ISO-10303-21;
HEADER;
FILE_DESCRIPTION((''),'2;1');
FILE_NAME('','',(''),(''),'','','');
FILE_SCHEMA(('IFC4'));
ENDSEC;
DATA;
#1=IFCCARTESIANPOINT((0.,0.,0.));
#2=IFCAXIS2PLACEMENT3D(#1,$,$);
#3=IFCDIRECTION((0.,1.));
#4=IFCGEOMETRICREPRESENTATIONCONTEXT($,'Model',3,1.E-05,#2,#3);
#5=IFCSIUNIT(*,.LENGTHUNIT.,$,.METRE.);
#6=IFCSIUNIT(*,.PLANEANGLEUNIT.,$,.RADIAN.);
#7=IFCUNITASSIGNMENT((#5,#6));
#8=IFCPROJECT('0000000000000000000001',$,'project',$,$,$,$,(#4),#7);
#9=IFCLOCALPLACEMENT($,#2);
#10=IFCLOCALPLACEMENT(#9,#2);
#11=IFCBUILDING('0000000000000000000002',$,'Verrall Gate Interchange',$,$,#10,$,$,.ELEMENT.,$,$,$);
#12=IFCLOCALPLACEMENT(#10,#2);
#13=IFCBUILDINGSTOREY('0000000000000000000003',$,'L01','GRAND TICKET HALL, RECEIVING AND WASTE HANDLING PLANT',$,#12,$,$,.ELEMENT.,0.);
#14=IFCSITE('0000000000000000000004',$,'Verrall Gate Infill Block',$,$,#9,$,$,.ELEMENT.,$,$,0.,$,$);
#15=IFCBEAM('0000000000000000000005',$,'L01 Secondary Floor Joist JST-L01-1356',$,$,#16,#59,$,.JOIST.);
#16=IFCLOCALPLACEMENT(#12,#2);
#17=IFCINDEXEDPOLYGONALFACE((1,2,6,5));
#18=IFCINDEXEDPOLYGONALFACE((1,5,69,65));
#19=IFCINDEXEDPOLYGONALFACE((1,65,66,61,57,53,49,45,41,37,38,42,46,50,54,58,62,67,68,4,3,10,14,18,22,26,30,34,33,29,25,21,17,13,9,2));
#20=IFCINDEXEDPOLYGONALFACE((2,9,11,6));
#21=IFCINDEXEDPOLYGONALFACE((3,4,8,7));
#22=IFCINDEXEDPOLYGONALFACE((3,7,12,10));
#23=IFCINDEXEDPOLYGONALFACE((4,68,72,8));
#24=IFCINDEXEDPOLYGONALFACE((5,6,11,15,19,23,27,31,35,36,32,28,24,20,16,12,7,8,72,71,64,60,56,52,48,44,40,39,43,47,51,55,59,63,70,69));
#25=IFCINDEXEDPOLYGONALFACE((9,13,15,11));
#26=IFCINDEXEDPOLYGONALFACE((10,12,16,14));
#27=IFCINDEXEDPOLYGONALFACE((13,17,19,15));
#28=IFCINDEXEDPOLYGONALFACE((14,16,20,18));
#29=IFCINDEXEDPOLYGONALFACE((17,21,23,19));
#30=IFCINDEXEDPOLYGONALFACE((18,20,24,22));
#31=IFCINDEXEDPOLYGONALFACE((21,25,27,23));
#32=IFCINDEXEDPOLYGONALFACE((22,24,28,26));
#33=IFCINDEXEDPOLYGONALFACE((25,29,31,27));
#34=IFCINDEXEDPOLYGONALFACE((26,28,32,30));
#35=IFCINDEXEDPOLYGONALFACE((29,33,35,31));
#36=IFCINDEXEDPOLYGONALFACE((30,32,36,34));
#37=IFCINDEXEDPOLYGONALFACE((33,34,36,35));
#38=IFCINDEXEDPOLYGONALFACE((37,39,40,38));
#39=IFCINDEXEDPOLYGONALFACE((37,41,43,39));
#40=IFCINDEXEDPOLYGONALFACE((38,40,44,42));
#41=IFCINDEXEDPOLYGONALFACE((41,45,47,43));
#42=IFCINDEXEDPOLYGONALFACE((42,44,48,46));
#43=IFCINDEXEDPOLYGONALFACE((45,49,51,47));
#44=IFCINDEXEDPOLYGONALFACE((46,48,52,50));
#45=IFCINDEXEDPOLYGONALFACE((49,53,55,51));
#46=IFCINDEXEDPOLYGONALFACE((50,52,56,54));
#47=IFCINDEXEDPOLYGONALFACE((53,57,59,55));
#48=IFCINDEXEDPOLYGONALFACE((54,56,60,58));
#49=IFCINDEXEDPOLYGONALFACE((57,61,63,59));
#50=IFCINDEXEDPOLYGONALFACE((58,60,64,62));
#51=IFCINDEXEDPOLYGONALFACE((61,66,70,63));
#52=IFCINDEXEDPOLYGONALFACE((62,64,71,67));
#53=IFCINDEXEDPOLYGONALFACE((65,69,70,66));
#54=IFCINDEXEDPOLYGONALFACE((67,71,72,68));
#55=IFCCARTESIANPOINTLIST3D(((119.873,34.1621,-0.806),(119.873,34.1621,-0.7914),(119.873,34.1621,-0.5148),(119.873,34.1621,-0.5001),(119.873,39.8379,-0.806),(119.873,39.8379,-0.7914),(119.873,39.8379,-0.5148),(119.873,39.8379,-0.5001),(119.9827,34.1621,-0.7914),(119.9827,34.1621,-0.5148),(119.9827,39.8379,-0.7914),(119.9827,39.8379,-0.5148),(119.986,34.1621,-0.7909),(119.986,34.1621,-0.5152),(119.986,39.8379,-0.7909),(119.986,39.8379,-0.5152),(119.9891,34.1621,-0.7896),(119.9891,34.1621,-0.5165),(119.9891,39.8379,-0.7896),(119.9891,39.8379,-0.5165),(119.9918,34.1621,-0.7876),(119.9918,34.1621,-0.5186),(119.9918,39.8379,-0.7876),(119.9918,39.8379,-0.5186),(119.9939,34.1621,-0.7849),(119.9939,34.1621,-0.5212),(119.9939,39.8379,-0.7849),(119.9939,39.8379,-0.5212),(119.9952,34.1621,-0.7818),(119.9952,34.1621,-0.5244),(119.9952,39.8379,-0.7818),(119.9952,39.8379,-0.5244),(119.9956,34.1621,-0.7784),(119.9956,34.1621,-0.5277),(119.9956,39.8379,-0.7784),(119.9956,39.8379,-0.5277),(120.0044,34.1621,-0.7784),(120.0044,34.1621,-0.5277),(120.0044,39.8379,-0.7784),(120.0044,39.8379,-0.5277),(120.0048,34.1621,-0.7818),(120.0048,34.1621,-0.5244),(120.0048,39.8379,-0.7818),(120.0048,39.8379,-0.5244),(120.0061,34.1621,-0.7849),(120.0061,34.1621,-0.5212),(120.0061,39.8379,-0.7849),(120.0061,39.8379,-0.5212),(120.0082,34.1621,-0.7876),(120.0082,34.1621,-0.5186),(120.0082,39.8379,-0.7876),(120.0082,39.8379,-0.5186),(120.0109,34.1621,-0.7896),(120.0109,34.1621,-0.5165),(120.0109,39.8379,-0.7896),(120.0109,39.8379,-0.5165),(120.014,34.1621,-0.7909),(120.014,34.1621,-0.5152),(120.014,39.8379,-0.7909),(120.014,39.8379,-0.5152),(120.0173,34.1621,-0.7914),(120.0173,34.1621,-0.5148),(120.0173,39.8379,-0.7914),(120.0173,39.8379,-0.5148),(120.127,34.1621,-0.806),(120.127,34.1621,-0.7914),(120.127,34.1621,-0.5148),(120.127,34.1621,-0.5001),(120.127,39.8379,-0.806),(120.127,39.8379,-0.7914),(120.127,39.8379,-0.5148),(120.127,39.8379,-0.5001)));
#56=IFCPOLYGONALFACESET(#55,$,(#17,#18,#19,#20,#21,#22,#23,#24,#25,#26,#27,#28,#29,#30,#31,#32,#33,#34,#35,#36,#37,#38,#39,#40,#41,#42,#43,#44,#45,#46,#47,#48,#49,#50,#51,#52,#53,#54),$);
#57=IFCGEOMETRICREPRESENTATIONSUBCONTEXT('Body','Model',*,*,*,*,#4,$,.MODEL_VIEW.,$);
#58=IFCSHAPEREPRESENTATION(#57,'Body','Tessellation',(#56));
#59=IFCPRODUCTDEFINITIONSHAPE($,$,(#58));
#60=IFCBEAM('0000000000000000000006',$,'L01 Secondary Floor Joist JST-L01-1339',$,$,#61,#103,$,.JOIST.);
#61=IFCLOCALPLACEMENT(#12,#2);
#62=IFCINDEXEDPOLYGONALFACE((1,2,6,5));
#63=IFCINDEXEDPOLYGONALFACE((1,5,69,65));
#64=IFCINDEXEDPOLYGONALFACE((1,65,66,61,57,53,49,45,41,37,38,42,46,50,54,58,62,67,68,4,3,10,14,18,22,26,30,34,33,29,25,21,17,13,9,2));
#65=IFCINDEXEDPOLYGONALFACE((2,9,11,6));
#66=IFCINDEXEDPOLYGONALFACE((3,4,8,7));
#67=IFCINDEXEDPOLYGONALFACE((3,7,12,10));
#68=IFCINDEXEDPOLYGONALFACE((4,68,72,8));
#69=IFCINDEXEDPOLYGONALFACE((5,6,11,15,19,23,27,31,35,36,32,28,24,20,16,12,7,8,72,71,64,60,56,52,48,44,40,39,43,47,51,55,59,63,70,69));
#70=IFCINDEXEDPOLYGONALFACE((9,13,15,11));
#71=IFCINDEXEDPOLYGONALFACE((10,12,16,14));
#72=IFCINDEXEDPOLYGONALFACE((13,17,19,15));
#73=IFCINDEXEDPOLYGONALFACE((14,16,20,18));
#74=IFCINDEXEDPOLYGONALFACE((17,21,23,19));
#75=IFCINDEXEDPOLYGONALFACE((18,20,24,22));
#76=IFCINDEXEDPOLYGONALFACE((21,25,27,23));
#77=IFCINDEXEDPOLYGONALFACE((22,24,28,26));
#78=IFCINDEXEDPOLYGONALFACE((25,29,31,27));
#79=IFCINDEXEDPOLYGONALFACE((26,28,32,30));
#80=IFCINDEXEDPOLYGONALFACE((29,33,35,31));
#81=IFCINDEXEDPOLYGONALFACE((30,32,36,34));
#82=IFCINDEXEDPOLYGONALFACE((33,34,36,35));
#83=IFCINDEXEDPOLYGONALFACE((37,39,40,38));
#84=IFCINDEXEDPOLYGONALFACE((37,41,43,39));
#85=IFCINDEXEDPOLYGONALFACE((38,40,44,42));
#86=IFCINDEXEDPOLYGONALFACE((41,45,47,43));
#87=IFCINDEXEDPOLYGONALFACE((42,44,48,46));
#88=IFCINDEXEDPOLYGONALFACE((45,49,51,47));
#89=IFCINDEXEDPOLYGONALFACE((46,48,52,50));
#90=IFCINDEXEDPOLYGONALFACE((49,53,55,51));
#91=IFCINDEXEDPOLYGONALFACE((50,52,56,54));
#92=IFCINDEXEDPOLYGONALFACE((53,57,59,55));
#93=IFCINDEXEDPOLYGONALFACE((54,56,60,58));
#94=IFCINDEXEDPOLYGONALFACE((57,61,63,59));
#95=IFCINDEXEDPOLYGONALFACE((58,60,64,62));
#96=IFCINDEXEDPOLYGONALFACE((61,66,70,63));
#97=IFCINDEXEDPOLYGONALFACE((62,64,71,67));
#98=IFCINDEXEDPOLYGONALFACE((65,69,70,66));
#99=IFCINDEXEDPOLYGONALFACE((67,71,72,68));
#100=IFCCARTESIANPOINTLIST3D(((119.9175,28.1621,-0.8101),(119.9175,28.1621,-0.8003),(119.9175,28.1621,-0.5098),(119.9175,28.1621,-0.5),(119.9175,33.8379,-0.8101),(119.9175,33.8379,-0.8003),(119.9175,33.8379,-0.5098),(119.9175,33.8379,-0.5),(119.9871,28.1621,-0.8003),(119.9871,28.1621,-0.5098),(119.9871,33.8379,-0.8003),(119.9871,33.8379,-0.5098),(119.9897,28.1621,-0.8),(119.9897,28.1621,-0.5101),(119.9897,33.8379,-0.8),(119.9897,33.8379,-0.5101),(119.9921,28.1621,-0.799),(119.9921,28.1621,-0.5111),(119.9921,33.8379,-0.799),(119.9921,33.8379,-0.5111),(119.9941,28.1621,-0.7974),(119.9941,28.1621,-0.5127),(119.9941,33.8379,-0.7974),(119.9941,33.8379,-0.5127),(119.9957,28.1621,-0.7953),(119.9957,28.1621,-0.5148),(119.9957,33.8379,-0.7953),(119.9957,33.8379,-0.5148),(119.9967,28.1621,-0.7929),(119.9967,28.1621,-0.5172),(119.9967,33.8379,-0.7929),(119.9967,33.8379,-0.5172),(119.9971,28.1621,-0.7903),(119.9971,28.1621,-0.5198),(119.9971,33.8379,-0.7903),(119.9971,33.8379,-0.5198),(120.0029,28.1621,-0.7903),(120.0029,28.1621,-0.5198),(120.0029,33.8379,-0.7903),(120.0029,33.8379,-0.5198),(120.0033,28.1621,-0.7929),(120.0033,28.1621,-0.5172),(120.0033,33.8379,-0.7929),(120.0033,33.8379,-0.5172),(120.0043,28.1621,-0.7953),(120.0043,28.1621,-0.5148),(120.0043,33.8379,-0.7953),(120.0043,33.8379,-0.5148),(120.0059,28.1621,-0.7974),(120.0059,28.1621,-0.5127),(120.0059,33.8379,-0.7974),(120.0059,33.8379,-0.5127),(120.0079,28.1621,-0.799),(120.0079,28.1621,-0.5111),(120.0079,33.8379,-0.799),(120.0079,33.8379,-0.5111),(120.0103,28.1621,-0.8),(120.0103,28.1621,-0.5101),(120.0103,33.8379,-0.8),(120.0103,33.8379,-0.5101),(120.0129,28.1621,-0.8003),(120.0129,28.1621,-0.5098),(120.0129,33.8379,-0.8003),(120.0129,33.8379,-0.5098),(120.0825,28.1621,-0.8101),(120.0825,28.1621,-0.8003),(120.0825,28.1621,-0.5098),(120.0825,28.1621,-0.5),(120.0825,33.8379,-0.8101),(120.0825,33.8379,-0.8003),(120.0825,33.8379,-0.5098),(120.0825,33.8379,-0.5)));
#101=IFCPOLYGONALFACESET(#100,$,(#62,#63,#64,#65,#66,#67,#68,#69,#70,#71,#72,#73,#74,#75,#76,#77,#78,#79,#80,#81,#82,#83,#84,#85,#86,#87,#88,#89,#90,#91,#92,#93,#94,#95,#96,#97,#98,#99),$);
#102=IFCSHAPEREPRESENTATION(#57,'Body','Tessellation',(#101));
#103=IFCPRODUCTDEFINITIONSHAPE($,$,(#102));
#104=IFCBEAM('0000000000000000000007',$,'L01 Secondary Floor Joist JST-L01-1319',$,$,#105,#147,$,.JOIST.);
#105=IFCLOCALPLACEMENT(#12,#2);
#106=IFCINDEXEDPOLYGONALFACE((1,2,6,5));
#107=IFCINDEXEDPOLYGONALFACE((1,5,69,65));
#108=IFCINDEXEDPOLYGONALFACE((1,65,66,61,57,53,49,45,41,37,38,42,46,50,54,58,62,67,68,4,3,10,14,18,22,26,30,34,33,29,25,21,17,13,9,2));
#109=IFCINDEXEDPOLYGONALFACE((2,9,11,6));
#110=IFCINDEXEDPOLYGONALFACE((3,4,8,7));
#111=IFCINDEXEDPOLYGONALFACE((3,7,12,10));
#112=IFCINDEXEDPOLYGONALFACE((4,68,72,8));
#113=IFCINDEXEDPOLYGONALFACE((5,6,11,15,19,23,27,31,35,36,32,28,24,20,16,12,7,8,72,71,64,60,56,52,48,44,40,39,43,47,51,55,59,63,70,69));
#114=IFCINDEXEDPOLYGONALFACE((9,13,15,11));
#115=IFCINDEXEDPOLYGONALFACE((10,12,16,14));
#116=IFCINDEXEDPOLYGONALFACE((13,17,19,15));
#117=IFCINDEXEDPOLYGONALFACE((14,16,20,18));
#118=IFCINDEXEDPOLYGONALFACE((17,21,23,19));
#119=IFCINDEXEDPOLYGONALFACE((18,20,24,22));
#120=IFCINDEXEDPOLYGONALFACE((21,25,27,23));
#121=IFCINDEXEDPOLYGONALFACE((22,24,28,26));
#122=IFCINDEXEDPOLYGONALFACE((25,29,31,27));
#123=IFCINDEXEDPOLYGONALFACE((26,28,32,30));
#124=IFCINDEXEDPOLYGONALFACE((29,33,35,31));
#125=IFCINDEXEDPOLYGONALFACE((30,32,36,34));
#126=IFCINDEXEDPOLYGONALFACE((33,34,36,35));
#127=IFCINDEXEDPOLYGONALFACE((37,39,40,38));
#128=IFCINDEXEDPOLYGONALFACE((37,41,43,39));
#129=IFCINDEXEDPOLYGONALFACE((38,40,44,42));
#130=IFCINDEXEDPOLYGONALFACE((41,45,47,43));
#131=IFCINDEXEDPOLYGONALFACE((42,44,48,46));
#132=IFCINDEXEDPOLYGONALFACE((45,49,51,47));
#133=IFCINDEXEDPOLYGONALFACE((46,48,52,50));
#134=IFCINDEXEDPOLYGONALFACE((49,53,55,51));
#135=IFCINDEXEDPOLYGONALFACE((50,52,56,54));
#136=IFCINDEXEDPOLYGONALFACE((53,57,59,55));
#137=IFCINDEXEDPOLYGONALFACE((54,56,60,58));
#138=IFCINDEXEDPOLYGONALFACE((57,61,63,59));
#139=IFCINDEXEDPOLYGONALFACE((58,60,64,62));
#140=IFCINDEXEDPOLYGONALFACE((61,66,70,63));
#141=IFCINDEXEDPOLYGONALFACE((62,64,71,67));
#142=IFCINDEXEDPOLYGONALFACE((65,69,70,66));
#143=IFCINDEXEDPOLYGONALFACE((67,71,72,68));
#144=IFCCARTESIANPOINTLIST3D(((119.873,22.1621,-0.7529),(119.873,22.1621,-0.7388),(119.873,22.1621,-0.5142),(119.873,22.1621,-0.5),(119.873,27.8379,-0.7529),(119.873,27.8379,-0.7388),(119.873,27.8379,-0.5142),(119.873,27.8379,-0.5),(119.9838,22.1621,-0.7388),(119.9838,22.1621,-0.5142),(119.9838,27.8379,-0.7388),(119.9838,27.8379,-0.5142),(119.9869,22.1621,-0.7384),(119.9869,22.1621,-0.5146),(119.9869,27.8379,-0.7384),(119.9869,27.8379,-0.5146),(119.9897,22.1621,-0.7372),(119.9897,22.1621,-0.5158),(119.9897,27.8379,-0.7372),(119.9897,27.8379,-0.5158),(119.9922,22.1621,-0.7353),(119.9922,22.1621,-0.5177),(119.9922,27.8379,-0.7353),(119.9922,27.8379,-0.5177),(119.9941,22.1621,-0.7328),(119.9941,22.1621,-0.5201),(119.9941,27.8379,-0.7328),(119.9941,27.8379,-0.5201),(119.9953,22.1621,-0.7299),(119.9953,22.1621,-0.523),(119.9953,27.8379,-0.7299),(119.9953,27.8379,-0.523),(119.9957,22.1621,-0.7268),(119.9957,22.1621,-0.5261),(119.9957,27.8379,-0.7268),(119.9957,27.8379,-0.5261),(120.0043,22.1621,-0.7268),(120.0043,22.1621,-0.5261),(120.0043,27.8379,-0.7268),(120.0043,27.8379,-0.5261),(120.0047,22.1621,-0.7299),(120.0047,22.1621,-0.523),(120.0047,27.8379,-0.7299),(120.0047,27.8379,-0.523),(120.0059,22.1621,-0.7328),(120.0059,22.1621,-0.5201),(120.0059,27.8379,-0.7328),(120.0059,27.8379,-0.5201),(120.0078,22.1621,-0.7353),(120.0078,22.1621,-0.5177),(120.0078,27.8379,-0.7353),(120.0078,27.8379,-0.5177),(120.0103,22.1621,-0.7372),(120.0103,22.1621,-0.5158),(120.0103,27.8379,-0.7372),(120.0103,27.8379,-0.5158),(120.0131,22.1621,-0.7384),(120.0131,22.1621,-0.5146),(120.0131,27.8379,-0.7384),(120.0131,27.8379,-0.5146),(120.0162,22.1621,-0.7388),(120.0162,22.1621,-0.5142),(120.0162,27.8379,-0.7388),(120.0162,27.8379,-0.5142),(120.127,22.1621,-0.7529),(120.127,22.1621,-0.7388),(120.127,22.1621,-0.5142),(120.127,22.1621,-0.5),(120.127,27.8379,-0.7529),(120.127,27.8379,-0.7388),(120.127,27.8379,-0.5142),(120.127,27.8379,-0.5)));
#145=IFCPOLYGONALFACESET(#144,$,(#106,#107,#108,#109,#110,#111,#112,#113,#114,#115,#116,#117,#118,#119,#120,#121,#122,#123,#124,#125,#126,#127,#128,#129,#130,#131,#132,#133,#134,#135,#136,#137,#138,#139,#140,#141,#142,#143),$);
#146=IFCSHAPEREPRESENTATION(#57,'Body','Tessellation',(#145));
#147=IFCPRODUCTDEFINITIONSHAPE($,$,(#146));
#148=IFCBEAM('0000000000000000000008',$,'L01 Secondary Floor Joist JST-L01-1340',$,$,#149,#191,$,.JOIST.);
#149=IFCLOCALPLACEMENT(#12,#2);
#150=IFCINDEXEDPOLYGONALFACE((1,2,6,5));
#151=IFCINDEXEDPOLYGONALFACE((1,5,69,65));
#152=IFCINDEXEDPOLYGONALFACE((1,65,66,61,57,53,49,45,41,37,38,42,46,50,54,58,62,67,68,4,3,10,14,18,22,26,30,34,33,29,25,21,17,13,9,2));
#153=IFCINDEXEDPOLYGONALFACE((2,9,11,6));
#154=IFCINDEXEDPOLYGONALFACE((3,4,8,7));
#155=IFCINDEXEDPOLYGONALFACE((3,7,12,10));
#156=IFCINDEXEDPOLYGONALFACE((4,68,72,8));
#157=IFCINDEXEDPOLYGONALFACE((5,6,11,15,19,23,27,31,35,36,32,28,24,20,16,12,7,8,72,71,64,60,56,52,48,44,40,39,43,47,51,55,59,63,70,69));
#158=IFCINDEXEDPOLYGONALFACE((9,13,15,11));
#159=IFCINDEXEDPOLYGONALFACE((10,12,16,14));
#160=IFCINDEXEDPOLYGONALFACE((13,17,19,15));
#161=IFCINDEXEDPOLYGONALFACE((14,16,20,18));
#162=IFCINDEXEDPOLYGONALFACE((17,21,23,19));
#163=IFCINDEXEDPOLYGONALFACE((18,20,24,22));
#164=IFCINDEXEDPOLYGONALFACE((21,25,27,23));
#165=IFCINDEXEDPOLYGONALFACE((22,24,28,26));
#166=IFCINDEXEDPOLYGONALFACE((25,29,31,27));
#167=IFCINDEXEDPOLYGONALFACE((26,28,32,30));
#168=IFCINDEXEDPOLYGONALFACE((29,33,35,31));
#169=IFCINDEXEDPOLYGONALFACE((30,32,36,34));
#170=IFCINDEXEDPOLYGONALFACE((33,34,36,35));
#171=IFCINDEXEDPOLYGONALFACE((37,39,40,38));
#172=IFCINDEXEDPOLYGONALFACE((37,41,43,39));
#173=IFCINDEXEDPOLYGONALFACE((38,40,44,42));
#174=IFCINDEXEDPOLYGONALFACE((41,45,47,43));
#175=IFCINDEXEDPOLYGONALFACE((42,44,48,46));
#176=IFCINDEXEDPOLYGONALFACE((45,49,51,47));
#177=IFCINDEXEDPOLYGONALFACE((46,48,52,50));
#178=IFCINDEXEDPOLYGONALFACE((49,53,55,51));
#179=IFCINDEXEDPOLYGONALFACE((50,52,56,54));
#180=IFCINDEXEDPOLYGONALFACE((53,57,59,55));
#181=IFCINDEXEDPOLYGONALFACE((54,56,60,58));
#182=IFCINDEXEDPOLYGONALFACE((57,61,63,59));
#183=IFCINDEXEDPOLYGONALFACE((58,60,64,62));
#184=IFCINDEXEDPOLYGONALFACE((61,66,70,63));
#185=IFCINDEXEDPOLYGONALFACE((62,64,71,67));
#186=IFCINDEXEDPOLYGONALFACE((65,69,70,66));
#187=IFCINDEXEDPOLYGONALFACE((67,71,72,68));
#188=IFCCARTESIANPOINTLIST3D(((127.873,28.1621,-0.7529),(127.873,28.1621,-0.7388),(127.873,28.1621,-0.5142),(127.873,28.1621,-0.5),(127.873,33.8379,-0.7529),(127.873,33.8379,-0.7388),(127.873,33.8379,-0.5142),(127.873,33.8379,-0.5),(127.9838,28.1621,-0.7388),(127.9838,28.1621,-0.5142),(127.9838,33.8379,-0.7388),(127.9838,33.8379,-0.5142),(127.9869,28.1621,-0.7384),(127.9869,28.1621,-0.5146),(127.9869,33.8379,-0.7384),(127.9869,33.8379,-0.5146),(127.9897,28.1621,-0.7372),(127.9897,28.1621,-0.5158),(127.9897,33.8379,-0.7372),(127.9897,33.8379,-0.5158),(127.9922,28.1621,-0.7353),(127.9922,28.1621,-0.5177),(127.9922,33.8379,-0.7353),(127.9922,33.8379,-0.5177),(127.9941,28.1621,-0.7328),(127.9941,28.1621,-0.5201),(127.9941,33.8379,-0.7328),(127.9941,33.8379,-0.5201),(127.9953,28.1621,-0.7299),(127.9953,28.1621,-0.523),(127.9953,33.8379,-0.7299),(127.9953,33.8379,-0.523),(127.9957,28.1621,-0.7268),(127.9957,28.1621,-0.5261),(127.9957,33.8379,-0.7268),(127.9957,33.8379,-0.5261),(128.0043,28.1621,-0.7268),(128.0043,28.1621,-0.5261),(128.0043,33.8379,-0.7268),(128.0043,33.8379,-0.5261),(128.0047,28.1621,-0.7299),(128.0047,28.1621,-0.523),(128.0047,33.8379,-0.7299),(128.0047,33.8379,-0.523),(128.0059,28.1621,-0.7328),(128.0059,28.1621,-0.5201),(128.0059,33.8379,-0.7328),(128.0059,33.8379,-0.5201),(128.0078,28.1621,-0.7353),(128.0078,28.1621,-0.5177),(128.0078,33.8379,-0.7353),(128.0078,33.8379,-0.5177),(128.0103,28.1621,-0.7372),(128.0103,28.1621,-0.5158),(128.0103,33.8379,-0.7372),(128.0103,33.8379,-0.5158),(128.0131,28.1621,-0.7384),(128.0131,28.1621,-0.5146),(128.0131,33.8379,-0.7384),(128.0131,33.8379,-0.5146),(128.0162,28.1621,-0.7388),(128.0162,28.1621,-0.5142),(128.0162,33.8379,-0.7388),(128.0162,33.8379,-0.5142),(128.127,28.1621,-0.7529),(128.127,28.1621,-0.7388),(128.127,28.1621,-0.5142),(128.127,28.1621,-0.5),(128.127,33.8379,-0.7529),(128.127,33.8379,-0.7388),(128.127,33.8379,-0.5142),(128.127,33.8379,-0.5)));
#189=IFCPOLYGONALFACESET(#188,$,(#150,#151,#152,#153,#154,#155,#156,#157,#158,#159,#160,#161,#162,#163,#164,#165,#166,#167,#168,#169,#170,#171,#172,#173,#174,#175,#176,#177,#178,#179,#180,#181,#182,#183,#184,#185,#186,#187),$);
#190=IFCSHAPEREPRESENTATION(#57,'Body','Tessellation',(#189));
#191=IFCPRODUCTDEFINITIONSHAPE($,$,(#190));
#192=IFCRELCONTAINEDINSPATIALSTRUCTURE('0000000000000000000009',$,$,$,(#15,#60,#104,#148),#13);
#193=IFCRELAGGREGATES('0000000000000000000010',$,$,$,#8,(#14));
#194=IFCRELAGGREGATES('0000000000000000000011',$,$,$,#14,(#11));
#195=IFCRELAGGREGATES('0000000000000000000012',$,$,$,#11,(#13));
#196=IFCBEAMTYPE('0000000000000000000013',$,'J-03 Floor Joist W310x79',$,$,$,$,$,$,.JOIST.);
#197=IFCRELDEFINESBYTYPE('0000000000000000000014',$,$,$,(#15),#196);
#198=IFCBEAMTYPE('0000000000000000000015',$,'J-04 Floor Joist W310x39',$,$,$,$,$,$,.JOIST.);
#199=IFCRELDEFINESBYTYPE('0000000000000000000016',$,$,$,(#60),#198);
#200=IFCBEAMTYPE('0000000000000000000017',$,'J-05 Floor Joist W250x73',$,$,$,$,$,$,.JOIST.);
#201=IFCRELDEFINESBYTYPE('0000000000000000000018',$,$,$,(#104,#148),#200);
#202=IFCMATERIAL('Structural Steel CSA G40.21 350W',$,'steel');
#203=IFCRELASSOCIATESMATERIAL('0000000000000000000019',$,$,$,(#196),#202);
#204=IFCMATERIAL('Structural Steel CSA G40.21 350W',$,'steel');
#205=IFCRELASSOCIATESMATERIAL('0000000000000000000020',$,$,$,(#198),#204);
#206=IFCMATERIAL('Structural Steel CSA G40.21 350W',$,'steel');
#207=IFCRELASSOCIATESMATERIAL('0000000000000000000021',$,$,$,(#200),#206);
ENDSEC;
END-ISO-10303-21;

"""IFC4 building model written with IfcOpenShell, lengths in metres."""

from ifc_helpers import new_model, si_unit, direction, frame, origin, origin_2d, place, context, subcontext, project, spatial, i_section, extrude, material, material_profile, profile_set, type_object, element, save


model = new_model("IFC4")

# Units and contexts
model_context = context("Model", 3, precision=1e-05, world=origin(), true_north=direction((0.0, 1.0)))
body_context = subcontext(model_context, "Body", "Model", "MODEL_VIEW")
ifc_project = project(units=[si_unit("LENGTHUNIT", "METRE"), si_unit("PLANEANGLEUNIT", "RADIAN")], contexts=[model_context])

# Site, building, storey
site_placement = place(None, origin())
site = spatial("IfcSite", under=ifc_project, at=site_placement, Name="Verrall Gate Infill Block", CompositionType="ELEMENT", RefElevation=0.0)
building_placement = place(site_placement, origin())
building = spatial("IfcBuilding", under=site, at=building_placement, Name="Verrall Gate Interchange", CompositionType="ELEMENT")
storey_placement = place(building_placement, origin())
storey = spatial("IfcBuildingStorey", under=building, at=storey_placement, Name="L01", Description="GRAND TICKET HALL, RECEIVING AND WASTE HANDLING PLANT", CompositionType="ELEMENT", Elevation=0.0)

# Beams
ifc_material_1 = material(Name="Structural Steel CSA G40.21 350W", Category="steel")
ifc_material_profile_1 = material_profile(ifc_material_1, i_section(OverallWidth=0.2539, OverallDepth=0.3059, WebThickness=0.0088, FlangeThickness=0.0146, FilletRadius=0.0129, at=origin_2d()), Name="W310x79")
ifc_profile_set_1 = profile_set([ifc_material_profile_1], Name="Structural Steel CSA G40.21 350W")
beam_type_1 = type_object("IfcBeamType", Name="J-03 Floor Joist W310x79", PredefinedType="JOIST", material=ifc_profile_set_1)
beam_1_placement = place(storey_placement, frame((120.0, 34.1621, -0.6531), z_axis=(0.0, 1.0, 0.0), x_axis=(-1.0, 0.0, 0.0)))
element("IfcBeam", 1, at=beam_1_placement, inside=storey, type_object=beam_type_1, Name="L01 Secondary Floor Joist JST-L01-1356", PredefinedType="JOIST", context=body_context, shape_type="SweptSolid", body=[
    extrude(i_section(OverallWidth=0.2539, OverallDepth=0.3059, WebThickness=0.0088, FlangeThickness=0.0146, FilletRadius=0.0129, at=origin_2d()), origin(), (0.0, 0.0, 1.0), 5.6758),
])
ifc_material_2 = material(Name="Structural Steel CSA G40.21 350W", Category="steel")
ifc_material_profile_2 = material_profile(ifc_material_2, i_section(OverallWidth=0.165, OverallDepth=0.3101, WebThickness=0.0059, FlangeThickness=0.0098, FilletRadius=0.01, at=origin_2d()), Name="W310x39")
ifc_profile_set_2 = profile_set([ifc_material_profile_2], Name="Structural Steel CSA G40.21 350W")
beam_type_2 = type_object("IfcBeamType", Name="J-04 Floor Joist W310x39", PredefinedType="JOIST", material=ifc_profile_set_2)
beam_2_placement = place(storey_placement, frame((120.0, 28.1621, -0.655), z_axis=(0.0, 1.0, 0.0), x_axis=(-1.0, 0.0, 0.0)))
element("IfcBeam", 2, at=beam_2_placement, inside=storey, type_object=beam_type_2, Name="L01 Secondary Floor Joist JST-L01-1339", PredefinedType="JOIST", context=body_context, shape_type="SweptSolid", body=[
    extrude(i_section(OverallWidth=0.165, OverallDepth=0.3101, WebThickness=0.0059, FlangeThickness=0.0098, FilletRadius=0.01, at=origin_2d()), origin(), (0.0, 0.0, 1.0), 5.6758),
])
ifc_material_3 = material(Name="Structural Steel CSA G40.21 350W", Category="steel")
ifc_material_profile_3 = material_profile(ifc_material_3, i_section(OverallWidth=0.2539, OverallDepth=0.2529, WebThickness=0.0085, FlangeThickness=0.0142, FilletRadius=0.012, at=origin_2d()), Name="W250x73")
ifc_profile_set_3 = profile_set([ifc_material_profile_3], Name="Structural Steel CSA G40.21 350W")
beam_type_3 = type_object("IfcBeamType", Name="J-05 Floor Joist W250x73", PredefinedType="JOIST", material=ifc_profile_set_3)
for number, where, z_axis, x_axis, name in (
    (3, (120.0, 22.1621, -0.6265), (0.0, 1.0, 0.0), (-1.0, 0.0, 0.0), "L01 Secondary Floor Joist JST-L01-1319"),
    (4, (128.0, 28.1621, -0.6265), (0.0, 1.0, 0.0), (-1.0, 0.0, 0.0), "L01 Secondary Floor Joist JST-L01-1340"),
):
    element("IfcBeam", number, at=place(storey_placement, frame(where, z_axis=z_axis, x_axis=x_axis)), inside=storey, type_object=beam_type_3, Name=name, PredefinedType="JOIST", context=body_context, shape_type="SweptSolid", body=[
        extrude(i_section(OverallWidth=0.2539, OverallDepth=0.2529, WebThickness=0.0085, FlangeThickness=0.0142, FilletRadius=0.012, at=origin_2d()), origin(), (0.0, 0.0, 1.0), 5.6758),
    ])

save(model, "model.ifc")
